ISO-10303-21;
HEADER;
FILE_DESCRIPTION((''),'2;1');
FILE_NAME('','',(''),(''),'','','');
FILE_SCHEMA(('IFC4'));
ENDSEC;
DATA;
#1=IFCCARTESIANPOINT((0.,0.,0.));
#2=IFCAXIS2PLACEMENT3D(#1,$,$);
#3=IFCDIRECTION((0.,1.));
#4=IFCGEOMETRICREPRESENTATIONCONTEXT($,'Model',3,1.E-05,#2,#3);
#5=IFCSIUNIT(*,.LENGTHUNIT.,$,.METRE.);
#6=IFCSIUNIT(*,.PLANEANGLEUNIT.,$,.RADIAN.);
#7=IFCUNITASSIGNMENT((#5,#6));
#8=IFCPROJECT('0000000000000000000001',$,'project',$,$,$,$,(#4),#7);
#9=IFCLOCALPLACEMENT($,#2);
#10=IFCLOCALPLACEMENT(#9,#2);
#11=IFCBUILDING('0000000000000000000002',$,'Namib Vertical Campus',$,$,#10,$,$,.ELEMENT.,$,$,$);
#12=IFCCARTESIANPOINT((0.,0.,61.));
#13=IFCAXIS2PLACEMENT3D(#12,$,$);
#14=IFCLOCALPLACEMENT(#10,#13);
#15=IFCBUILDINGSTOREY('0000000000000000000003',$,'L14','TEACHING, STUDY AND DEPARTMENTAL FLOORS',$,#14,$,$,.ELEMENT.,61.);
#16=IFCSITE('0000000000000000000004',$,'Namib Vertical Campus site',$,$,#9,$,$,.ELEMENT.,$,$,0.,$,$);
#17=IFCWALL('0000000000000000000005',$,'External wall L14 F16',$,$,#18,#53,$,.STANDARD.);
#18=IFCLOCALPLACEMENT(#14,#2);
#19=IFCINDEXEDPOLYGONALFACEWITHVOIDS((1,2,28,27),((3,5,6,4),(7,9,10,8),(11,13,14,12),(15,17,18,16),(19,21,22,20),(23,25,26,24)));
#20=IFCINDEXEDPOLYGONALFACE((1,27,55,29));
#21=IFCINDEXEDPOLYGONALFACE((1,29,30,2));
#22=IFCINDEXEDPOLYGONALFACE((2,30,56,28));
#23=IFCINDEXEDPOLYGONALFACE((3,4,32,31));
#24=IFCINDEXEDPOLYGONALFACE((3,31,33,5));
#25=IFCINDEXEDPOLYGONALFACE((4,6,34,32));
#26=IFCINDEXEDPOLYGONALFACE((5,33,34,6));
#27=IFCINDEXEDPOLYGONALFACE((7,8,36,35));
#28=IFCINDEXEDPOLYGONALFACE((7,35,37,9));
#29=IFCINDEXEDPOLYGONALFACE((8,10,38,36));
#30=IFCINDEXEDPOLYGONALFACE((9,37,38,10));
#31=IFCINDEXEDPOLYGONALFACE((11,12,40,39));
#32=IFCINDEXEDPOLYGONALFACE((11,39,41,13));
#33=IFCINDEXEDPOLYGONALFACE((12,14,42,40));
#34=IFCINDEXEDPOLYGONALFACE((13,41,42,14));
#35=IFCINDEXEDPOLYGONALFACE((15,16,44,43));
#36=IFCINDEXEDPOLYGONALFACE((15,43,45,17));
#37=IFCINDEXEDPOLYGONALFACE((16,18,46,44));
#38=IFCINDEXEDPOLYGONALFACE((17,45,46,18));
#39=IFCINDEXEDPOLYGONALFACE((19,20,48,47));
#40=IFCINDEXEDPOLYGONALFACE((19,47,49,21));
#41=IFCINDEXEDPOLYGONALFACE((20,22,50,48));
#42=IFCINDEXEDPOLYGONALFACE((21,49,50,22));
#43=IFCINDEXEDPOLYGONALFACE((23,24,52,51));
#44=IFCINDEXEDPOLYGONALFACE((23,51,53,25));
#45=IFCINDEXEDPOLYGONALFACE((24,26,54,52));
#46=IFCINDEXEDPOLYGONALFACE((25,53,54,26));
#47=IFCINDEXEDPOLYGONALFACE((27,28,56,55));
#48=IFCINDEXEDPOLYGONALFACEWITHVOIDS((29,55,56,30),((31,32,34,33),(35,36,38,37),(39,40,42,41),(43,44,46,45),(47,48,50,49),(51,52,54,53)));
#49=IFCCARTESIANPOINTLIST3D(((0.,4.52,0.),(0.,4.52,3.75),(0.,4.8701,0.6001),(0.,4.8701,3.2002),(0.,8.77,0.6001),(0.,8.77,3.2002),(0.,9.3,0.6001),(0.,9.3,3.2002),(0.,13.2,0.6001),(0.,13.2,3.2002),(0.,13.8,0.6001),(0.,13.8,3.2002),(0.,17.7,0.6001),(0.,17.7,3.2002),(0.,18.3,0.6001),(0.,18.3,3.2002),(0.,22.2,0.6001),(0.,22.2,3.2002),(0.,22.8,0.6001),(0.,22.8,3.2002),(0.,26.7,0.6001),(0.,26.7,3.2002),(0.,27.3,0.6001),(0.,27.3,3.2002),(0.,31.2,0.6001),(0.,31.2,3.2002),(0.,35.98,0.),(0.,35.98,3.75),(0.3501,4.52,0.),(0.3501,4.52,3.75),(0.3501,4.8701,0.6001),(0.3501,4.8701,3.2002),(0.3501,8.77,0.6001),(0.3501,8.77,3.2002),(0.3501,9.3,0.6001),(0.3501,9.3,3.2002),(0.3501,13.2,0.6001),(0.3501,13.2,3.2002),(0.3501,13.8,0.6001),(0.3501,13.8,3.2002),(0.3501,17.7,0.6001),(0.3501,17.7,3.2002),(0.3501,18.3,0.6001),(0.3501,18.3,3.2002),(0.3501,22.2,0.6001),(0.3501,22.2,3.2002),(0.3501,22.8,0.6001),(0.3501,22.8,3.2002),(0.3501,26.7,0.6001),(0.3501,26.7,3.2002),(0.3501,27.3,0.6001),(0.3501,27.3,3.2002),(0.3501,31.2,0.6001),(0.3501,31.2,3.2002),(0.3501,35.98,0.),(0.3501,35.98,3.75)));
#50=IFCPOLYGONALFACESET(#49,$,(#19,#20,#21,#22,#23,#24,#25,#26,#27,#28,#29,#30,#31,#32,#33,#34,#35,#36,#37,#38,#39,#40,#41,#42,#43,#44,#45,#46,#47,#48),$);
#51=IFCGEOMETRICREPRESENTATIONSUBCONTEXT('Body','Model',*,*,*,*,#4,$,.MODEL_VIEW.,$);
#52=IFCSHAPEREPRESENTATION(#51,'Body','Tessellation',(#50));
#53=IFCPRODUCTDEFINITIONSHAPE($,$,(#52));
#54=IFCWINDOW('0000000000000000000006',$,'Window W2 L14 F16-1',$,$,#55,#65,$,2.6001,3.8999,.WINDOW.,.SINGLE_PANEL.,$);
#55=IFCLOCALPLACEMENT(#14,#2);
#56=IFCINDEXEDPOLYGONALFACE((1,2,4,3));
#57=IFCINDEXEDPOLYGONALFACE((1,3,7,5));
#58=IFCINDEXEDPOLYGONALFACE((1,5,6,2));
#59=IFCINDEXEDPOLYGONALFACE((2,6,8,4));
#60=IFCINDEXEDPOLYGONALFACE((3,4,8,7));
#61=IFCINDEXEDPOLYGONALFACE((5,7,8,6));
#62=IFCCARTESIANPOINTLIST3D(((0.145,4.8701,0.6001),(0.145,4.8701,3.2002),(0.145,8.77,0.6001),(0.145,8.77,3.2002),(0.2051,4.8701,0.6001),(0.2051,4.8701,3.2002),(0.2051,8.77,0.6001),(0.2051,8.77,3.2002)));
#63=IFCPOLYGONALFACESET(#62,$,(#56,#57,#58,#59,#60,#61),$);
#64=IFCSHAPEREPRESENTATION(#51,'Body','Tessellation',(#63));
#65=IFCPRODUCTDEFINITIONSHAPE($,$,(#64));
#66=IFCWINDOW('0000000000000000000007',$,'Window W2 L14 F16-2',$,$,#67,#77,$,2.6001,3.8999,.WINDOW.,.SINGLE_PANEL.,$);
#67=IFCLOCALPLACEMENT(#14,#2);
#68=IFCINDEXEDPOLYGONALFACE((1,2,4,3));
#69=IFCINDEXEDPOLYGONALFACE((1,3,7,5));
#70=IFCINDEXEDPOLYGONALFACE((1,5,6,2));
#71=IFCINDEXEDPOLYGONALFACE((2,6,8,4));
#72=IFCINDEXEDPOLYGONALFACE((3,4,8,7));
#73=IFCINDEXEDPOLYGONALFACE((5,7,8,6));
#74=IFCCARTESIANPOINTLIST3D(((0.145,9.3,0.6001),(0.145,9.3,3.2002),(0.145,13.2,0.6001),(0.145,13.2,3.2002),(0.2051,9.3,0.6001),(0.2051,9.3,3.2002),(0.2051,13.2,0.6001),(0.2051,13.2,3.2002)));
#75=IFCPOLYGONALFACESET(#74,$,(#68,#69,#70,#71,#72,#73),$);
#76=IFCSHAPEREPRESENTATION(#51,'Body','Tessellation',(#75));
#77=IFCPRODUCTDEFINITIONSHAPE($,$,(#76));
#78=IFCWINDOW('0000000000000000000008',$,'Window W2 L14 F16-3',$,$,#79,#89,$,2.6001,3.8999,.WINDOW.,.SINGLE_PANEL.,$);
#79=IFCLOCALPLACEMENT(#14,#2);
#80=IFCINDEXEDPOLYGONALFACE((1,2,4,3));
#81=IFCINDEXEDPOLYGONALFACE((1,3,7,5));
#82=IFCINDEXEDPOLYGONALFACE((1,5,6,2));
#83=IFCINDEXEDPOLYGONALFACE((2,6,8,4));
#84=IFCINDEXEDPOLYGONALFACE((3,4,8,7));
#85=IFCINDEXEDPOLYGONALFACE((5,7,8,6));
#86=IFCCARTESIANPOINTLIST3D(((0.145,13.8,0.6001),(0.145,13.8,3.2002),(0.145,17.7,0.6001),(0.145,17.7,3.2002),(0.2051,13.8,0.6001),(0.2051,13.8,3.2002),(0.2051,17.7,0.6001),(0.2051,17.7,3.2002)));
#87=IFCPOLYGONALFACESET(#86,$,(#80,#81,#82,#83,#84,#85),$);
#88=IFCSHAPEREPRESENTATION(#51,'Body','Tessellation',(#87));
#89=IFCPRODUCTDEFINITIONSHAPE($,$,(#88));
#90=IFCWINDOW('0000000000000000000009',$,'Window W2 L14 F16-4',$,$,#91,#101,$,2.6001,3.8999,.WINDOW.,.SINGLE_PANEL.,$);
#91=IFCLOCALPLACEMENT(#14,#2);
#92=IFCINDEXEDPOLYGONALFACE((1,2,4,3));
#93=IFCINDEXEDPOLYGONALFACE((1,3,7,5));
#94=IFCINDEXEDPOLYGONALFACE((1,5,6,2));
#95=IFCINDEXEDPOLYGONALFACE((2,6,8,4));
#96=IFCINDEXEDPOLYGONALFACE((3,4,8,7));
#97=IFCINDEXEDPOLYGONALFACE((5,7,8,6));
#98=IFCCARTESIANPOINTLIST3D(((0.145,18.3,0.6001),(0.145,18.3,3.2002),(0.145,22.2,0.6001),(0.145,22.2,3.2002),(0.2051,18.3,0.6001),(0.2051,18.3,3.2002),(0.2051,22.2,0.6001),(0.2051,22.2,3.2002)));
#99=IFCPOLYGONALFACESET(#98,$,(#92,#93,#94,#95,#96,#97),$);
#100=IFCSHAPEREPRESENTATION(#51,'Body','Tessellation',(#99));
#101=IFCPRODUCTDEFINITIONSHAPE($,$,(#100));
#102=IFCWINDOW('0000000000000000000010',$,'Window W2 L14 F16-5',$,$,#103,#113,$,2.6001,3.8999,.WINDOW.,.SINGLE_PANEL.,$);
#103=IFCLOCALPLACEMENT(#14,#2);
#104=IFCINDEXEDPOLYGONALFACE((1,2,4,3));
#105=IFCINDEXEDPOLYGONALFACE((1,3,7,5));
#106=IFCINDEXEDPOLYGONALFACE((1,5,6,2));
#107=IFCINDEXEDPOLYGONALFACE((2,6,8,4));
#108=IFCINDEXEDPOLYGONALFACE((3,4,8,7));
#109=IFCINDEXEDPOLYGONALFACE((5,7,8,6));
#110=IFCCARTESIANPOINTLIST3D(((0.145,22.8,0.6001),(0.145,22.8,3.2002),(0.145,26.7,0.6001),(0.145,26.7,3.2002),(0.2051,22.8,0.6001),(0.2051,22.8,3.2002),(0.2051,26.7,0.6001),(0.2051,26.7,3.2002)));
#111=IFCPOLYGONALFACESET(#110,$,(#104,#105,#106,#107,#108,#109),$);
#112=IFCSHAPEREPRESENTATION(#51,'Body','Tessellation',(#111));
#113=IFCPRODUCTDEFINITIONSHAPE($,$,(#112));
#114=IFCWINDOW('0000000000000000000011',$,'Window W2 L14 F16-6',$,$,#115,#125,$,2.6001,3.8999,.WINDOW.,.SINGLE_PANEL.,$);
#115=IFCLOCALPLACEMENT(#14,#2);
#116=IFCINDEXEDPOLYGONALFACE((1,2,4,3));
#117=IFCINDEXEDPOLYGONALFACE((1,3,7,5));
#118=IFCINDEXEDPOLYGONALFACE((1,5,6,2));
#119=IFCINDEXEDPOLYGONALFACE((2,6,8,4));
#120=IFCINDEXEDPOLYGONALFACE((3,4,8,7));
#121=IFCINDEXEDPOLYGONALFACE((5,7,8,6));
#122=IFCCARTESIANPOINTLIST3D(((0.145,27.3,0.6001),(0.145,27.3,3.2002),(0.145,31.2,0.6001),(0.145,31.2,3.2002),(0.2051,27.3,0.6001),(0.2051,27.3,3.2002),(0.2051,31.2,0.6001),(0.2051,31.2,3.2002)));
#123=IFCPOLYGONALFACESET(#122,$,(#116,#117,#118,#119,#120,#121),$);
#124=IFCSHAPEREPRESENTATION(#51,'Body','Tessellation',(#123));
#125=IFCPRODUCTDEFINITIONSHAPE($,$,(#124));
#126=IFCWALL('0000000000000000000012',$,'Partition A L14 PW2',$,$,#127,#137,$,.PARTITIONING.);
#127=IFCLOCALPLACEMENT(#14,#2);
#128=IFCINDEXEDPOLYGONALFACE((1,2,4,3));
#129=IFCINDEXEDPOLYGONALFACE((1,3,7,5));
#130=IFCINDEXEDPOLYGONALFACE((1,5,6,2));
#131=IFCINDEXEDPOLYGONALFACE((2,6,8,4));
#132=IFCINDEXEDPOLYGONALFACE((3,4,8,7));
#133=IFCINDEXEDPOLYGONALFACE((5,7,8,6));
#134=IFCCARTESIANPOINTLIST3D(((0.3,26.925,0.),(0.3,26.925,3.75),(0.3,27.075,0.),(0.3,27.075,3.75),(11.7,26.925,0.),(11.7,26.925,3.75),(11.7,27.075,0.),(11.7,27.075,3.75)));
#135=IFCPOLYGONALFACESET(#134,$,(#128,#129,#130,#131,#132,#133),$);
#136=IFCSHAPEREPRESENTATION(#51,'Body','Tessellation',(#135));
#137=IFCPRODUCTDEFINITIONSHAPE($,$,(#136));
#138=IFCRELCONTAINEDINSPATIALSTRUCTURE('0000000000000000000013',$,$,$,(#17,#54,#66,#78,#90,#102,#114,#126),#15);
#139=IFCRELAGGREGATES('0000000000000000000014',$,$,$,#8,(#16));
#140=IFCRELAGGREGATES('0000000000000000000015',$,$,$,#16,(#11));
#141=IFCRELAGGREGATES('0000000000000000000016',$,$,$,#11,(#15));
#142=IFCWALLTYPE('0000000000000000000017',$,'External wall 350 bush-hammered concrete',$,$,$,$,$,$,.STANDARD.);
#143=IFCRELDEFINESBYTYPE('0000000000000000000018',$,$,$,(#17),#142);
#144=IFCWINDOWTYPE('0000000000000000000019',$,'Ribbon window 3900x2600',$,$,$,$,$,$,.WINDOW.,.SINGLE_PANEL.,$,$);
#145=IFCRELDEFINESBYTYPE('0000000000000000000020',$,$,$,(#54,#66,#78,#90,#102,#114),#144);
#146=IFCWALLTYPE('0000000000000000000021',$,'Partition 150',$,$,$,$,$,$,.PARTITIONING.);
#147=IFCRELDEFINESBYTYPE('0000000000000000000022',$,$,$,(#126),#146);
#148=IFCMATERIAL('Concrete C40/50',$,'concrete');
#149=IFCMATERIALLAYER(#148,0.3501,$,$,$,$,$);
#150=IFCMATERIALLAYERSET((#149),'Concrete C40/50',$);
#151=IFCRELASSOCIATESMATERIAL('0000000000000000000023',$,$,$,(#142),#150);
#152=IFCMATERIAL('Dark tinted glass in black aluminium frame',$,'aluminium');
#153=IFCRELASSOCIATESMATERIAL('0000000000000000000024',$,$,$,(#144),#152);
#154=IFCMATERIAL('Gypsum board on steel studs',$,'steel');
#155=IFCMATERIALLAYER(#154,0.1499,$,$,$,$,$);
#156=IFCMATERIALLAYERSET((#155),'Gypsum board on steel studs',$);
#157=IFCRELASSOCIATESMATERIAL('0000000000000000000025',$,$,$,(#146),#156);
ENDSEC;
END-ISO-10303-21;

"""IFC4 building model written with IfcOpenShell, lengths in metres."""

from ifc_helpers import new_model, si_unit, direction, frame, frame_2d, origin, place, context, subcontext, project, spatial, rectangle, extrude, material, layer, layer_set, type_object, element, fill, save


model = new_model("IFC4")

# Units and contexts
model_context = context("Model", 3, precision=1e-05, world=origin(), true_north=direction((0.0, 1.0)))
body_context = subcontext(model_context, "Body", "Model", "MODEL_VIEW")
ifc_project = project(units=[si_unit("LENGTHUNIT", "METRE"), si_unit("PLANEANGLEUNIT", "RADIAN")], contexts=[model_context])

# Site, building, storey
site_placement = place(None, origin())
site = spatial("IfcSite", under=ifc_project, at=site_placement, Name="Namib Vertical Campus site", CompositionType="ELEMENT", RefElevation=0.0)
building_placement = place(site_placement, origin())
building = spatial("IfcBuilding", under=site, at=building_placement, Name="Namib Vertical Campus", CompositionType="ELEMENT")
storey_placement = place(building_placement, frame((0.0, 0.0, 61.0)))
storey = spatial("IfcBuildingStorey", under=building, at=storey_placement, Name="L14", Description="TEACHING, STUDY AND DEPARTMENTAL FLOORS", CompositionType="ELEMENT", Elevation=61.0)

# Shared definitions
ifc_material_1 = material(Name="Concrete C40/50", Category="concrete")
ifc_layer_1 = layer(ifc_material_1, 0.3501)
ifc_layer_set_1 = layer_set([ifc_layer_1], Name="Concrete C40/50")
wall_type_1 = type_object("IfcWallType", Name="External wall 350 bush-hammered concrete", PredefinedType="STANDARD", material=ifc_layer_set_1)

# Wall, openings, windows
wall_1_placement = place(storey_placement, frame((0.175, 35.98, 0.0), z_axis=(0.0, 0.0, 1.0), x_axis=(0.0, -1.0, 0.0)))
wall_1 = element("IfcWall", 1, at=wall_1_placement, inside=storey, type_object=wall_type_1, Name="External wall L14 F16", PredefinedType="STANDARD", context=body_context, shape_type="SweptSolid", body=[
    extrude(rectangle(XDim=31.46, YDim=0.3501, at=frame_2d((15.73, 0.0))), origin(), (0.0, 0.0, 1.0), 3.75),
])
opening_1_placement = place(wall_1_placement, frame((27.21, 0.0, 0.6001)))
opening_1 = element("IfcOpeningElement", 2, at=opening_1_placement, cuts=wall_1, PredefinedType="OPENING", context=body_context, shape_type="SweptSolid", body=[
    extrude(rectangle(XDim=3.8999, YDim=2.6001, at=frame_2d((1.95, 1.3))), frame((0.0, 0.1851, 0.0), z_axis=(0.0, -1.0, 0.0), x_axis=(1.0, 0.0, 0.0)), (0.0, 0.0, 1.0), 0.3701),
])
opening_2_placement = place(wall_1_placement, frame((22.78, 0.0, 0.6001)))
opening_2 = element("IfcOpeningElement", 3, at=opening_2_placement, cuts=wall_1, PredefinedType="OPENING", context=body_context, shape_type="SweptSolid", body=[
    extrude(rectangle(XDim=3.8999, YDim=2.6001, at=frame_2d((1.95, 1.3))), frame((0.0, 0.1851, 0.0), z_axis=(0.0, -1.0, 0.0), x_axis=(1.0, 0.0, 0.0)), (0.0, 0.0, 1.0), 0.3701),
])
opening_3_placement = place(wall_1_placement, frame((18.28, 0.0, 0.6001)))
opening_3 = element("IfcOpeningElement", 4, at=opening_3_placement, cuts=wall_1, PredefinedType="OPENING", context=body_context, shape_type="SweptSolid", body=[
    extrude(rectangle(XDim=3.8999, YDim=2.6001, at=frame_2d((1.95, 1.3))), frame((0.0, 0.1851, 0.0), z_axis=(0.0, -1.0, 0.0), x_axis=(1.0, 0.0, 0.0)), (0.0, 0.0, 1.0), 0.3701),
])
opening_4_placement = place(wall_1_placement, frame((13.78, 0.0, 0.6001)))
opening_4 = element("IfcOpeningElement", 5, at=opening_4_placement, cuts=wall_1, PredefinedType="OPENING", context=body_context, shape_type="SweptSolid", body=[
    extrude(rectangle(XDim=3.8999, YDim=2.6001, at=frame_2d((1.95, 1.3))), frame((0.0, 0.1851, 0.0), z_axis=(0.0, -1.0, 0.0), x_axis=(1.0, 0.0, 0.0)), (0.0, 0.0, 1.0), 0.3701),
])
opening_5_placement = place(wall_1_placement, frame((9.28, 0.0, 0.6001)))
opening_5 = element("IfcOpeningElement", 6, at=opening_5_placement, cuts=wall_1, PredefinedType="OPENING", context=body_context, shape_type="SweptSolid", body=[
    extrude(rectangle(XDim=3.8999, YDim=2.6001, at=frame_2d((1.95, 1.3))), frame((0.0, 0.1851, 0.0), z_axis=(0.0, -1.0, 0.0), x_axis=(1.0, 0.0, 0.0)), (0.0, 0.0, 1.0), 0.3701),
])
opening_6_placement = place(wall_1_placement, frame((4.78, 0.0, 0.6001)))
opening_6 = element("IfcOpeningElement", 7, at=opening_6_placement, cuts=wall_1, PredefinedType="OPENING", context=body_context, shape_type="SweptSolid", body=[
    extrude(rectangle(XDim=3.8999, YDim=2.6001, at=frame_2d((1.95, 1.3))), frame((0.0, 0.1851, 0.0), z_axis=(0.0, -1.0, 0.0), x_axis=(1.0, 0.0, 0.0)), (0.0, 0.0, 1.0), 0.3701),
])
ifc_material_2 = material(Name="Dark tinted glass in black aluminium frame", Category="aluminium")
window_type = type_object("IfcWindowType", Name="Ribbon window 3900x2600", PartitioningType="SINGLE_PANEL", PredefinedType="WINDOW", material=ifc_material_2)
window_1_placement = place(opening_1_placement, origin())
window_1 = element("IfcWindow", 8, at=window_1_placement, inside=storey, type_object=window_type, Name="Window W2 L14 F16-1", OverallHeight=2.6001, OverallWidth=3.8999, PartitioningType="SINGLE_PANEL", PredefinedType="WINDOW", context=body_context, shape_type="SweptSolid", body=[
    extrude(rectangle(XDim=3.8999, YDim=2.6001, at=frame_2d((1.95, 1.3))), frame((0.0, 0.03, 0.0), z_axis=(0.0, -1.0, 0.0), x_axis=(1.0, 0.0, 0.0)), (0.0, 0.0, 1.0), 0.0601),
])
fill(opening_1, window_1)
window_2_placement = place(opening_2_placement, origin())
window_2 = element("IfcWindow", 9, at=window_2_placement, inside=storey, type_object=window_type, Name="Window W2 L14 F16-2", OverallHeight=2.6001, OverallWidth=3.8999, PartitioningType="SINGLE_PANEL", PredefinedType="WINDOW", context=body_context, shape_type="SweptSolid", body=[
    extrude(rectangle(XDim=3.8999, YDim=2.6001, at=frame_2d((1.95, 1.3))), frame((0.0, 0.03, 0.0), z_axis=(0.0, -1.0, 0.0), x_axis=(1.0, 0.0, 0.0)), (0.0, 0.0, 1.0), 0.0601),
])
fill(opening_2, window_2)
window_3_placement = place(opening_3_placement, origin())
window_3 = element("IfcWindow", 10, at=window_3_placement, inside=storey, type_object=window_type, Name="Window W2 L14 F16-3", OverallHeight=2.6001, OverallWidth=3.8999, PartitioningType="SINGLE_PANEL", PredefinedType="WINDOW", context=body_context, shape_type="SweptSolid", body=[
    extrude(rectangle(XDim=3.8999, YDim=2.6001, at=frame_2d((1.95, 1.3))), frame((0.0, 0.03, 0.0), z_axis=(0.0, -1.0, 0.0), x_axis=(1.0, 0.0, 0.0)), (0.0, 0.0, 1.0), 0.0601),
])
fill(opening_3, window_3)
window_4_placement = place(opening_4_placement, origin())
window_4 = element("IfcWindow", 11, at=window_4_placement, inside=storey, type_object=window_type, Name="Window W2 L14 F16-4", OverallHeight=2.6001, OverallWidth=3.8999, PartitioningType="SINGLE_PANEL", PredefinedType="WINDOW", context=body_context, shape_type="SweptSolid", body=[
    extrude(rectangle(XDim=3.8999, YDim=2.6001, at=frame_2d((1.95, 1.3))), frame((0.0, 0.03, 0.0), z_axis=(0.0, -1.0, 0.0), x_axis=(1.0, 0.0, 0.0)), (0.0, 0.0, 1.0), 0.0601),
])
fill(opening_4, window_4)
window_5_placement = place(opening_5_placement, origin())
window_5 = element("IfcWindow", 12, at=window_5_placement, inside=storey, type_object=window_type, Name="Window W2 L14 F16-5", OverallHeight=2.6001, OverallWidth=3.8999, PartitioningType="SINGLE_PANEL", PredefinedType="WINDOW", context=body_context, shape_type="SweptSolid", body=[
    extrude(rectangle(XDim=3.8999, YDim=2.6001, at=frame_2d((1.95, 1.3))), frame((0.0, 0.03, 0.0), z_axis=(0.0, -1.0, 0.0), x_axis=(1.0, 0.0, 0.0)), (0.0, 0.0, 1.0), 0.0601),
])
fill(opening_5, window_5)
window_6_placement = place(opening_6_placement, origin())
window_6 = element("IfcWindow", 13, at=window_6_placement, inside=storey, type_object=window_type, Name="Window W2 L14 F16-6", OverallHeight=2.6001, OverallWidth=3.8999, PartitioningType="SINGLE_PANEL", PredefinedType="WINDOW", context=body_context, shape_type="SweptSolid", body=[
    extrude(rectangle(XDim=3.8999, YDim=2.6001, at=frame_2d((1.95, 1.3))), frame((0.0, 0.03, 0.0), z_axis=(0.0, -1.0, 0.0), x_axis=(1.0, 0.0, 0.0)), (0.0, 0.0, 1.0), 0.0601),
])
fill(opening_6, window_6)

# Wall
ifc_material_3 = material(Name="Gypsum board on steel studs", Category="steel")
ifc_layer_2 = layer(ifc_material_3, 0.1499)
ifc_layer_set_2 = layer_set([ifc_layer_2], Name="Gypsum board on steel studs")
wall_type_2 = type_object("IfcWallType", Name="Partition 150", PredefinedType="PARTITIONING", material=ifc_layer_set_2)
wall_2_placement = place(storey_placement, frame((0.3, 27.0, 0.0), z_axis=(0.0, 0.0, 1.0), x_axis=(1.0, 0.0, 0.0)))
element("IfcWall", 14, at=wall_2_placement, inside=storey, type_object=wall_type_2, Name="Partition A L14 PW2", PredefinedType="PARTITIONING", context=body_context, shape_type="SweptSolid", body=[
    extrude(rectangle(XDim=11.3999, YDim=0.1499, at=frame_2d((5.7, 0.0))), origin(), (0.0, 0.0, 1.0), 3.75),
])

save(model, "model.ifc")
